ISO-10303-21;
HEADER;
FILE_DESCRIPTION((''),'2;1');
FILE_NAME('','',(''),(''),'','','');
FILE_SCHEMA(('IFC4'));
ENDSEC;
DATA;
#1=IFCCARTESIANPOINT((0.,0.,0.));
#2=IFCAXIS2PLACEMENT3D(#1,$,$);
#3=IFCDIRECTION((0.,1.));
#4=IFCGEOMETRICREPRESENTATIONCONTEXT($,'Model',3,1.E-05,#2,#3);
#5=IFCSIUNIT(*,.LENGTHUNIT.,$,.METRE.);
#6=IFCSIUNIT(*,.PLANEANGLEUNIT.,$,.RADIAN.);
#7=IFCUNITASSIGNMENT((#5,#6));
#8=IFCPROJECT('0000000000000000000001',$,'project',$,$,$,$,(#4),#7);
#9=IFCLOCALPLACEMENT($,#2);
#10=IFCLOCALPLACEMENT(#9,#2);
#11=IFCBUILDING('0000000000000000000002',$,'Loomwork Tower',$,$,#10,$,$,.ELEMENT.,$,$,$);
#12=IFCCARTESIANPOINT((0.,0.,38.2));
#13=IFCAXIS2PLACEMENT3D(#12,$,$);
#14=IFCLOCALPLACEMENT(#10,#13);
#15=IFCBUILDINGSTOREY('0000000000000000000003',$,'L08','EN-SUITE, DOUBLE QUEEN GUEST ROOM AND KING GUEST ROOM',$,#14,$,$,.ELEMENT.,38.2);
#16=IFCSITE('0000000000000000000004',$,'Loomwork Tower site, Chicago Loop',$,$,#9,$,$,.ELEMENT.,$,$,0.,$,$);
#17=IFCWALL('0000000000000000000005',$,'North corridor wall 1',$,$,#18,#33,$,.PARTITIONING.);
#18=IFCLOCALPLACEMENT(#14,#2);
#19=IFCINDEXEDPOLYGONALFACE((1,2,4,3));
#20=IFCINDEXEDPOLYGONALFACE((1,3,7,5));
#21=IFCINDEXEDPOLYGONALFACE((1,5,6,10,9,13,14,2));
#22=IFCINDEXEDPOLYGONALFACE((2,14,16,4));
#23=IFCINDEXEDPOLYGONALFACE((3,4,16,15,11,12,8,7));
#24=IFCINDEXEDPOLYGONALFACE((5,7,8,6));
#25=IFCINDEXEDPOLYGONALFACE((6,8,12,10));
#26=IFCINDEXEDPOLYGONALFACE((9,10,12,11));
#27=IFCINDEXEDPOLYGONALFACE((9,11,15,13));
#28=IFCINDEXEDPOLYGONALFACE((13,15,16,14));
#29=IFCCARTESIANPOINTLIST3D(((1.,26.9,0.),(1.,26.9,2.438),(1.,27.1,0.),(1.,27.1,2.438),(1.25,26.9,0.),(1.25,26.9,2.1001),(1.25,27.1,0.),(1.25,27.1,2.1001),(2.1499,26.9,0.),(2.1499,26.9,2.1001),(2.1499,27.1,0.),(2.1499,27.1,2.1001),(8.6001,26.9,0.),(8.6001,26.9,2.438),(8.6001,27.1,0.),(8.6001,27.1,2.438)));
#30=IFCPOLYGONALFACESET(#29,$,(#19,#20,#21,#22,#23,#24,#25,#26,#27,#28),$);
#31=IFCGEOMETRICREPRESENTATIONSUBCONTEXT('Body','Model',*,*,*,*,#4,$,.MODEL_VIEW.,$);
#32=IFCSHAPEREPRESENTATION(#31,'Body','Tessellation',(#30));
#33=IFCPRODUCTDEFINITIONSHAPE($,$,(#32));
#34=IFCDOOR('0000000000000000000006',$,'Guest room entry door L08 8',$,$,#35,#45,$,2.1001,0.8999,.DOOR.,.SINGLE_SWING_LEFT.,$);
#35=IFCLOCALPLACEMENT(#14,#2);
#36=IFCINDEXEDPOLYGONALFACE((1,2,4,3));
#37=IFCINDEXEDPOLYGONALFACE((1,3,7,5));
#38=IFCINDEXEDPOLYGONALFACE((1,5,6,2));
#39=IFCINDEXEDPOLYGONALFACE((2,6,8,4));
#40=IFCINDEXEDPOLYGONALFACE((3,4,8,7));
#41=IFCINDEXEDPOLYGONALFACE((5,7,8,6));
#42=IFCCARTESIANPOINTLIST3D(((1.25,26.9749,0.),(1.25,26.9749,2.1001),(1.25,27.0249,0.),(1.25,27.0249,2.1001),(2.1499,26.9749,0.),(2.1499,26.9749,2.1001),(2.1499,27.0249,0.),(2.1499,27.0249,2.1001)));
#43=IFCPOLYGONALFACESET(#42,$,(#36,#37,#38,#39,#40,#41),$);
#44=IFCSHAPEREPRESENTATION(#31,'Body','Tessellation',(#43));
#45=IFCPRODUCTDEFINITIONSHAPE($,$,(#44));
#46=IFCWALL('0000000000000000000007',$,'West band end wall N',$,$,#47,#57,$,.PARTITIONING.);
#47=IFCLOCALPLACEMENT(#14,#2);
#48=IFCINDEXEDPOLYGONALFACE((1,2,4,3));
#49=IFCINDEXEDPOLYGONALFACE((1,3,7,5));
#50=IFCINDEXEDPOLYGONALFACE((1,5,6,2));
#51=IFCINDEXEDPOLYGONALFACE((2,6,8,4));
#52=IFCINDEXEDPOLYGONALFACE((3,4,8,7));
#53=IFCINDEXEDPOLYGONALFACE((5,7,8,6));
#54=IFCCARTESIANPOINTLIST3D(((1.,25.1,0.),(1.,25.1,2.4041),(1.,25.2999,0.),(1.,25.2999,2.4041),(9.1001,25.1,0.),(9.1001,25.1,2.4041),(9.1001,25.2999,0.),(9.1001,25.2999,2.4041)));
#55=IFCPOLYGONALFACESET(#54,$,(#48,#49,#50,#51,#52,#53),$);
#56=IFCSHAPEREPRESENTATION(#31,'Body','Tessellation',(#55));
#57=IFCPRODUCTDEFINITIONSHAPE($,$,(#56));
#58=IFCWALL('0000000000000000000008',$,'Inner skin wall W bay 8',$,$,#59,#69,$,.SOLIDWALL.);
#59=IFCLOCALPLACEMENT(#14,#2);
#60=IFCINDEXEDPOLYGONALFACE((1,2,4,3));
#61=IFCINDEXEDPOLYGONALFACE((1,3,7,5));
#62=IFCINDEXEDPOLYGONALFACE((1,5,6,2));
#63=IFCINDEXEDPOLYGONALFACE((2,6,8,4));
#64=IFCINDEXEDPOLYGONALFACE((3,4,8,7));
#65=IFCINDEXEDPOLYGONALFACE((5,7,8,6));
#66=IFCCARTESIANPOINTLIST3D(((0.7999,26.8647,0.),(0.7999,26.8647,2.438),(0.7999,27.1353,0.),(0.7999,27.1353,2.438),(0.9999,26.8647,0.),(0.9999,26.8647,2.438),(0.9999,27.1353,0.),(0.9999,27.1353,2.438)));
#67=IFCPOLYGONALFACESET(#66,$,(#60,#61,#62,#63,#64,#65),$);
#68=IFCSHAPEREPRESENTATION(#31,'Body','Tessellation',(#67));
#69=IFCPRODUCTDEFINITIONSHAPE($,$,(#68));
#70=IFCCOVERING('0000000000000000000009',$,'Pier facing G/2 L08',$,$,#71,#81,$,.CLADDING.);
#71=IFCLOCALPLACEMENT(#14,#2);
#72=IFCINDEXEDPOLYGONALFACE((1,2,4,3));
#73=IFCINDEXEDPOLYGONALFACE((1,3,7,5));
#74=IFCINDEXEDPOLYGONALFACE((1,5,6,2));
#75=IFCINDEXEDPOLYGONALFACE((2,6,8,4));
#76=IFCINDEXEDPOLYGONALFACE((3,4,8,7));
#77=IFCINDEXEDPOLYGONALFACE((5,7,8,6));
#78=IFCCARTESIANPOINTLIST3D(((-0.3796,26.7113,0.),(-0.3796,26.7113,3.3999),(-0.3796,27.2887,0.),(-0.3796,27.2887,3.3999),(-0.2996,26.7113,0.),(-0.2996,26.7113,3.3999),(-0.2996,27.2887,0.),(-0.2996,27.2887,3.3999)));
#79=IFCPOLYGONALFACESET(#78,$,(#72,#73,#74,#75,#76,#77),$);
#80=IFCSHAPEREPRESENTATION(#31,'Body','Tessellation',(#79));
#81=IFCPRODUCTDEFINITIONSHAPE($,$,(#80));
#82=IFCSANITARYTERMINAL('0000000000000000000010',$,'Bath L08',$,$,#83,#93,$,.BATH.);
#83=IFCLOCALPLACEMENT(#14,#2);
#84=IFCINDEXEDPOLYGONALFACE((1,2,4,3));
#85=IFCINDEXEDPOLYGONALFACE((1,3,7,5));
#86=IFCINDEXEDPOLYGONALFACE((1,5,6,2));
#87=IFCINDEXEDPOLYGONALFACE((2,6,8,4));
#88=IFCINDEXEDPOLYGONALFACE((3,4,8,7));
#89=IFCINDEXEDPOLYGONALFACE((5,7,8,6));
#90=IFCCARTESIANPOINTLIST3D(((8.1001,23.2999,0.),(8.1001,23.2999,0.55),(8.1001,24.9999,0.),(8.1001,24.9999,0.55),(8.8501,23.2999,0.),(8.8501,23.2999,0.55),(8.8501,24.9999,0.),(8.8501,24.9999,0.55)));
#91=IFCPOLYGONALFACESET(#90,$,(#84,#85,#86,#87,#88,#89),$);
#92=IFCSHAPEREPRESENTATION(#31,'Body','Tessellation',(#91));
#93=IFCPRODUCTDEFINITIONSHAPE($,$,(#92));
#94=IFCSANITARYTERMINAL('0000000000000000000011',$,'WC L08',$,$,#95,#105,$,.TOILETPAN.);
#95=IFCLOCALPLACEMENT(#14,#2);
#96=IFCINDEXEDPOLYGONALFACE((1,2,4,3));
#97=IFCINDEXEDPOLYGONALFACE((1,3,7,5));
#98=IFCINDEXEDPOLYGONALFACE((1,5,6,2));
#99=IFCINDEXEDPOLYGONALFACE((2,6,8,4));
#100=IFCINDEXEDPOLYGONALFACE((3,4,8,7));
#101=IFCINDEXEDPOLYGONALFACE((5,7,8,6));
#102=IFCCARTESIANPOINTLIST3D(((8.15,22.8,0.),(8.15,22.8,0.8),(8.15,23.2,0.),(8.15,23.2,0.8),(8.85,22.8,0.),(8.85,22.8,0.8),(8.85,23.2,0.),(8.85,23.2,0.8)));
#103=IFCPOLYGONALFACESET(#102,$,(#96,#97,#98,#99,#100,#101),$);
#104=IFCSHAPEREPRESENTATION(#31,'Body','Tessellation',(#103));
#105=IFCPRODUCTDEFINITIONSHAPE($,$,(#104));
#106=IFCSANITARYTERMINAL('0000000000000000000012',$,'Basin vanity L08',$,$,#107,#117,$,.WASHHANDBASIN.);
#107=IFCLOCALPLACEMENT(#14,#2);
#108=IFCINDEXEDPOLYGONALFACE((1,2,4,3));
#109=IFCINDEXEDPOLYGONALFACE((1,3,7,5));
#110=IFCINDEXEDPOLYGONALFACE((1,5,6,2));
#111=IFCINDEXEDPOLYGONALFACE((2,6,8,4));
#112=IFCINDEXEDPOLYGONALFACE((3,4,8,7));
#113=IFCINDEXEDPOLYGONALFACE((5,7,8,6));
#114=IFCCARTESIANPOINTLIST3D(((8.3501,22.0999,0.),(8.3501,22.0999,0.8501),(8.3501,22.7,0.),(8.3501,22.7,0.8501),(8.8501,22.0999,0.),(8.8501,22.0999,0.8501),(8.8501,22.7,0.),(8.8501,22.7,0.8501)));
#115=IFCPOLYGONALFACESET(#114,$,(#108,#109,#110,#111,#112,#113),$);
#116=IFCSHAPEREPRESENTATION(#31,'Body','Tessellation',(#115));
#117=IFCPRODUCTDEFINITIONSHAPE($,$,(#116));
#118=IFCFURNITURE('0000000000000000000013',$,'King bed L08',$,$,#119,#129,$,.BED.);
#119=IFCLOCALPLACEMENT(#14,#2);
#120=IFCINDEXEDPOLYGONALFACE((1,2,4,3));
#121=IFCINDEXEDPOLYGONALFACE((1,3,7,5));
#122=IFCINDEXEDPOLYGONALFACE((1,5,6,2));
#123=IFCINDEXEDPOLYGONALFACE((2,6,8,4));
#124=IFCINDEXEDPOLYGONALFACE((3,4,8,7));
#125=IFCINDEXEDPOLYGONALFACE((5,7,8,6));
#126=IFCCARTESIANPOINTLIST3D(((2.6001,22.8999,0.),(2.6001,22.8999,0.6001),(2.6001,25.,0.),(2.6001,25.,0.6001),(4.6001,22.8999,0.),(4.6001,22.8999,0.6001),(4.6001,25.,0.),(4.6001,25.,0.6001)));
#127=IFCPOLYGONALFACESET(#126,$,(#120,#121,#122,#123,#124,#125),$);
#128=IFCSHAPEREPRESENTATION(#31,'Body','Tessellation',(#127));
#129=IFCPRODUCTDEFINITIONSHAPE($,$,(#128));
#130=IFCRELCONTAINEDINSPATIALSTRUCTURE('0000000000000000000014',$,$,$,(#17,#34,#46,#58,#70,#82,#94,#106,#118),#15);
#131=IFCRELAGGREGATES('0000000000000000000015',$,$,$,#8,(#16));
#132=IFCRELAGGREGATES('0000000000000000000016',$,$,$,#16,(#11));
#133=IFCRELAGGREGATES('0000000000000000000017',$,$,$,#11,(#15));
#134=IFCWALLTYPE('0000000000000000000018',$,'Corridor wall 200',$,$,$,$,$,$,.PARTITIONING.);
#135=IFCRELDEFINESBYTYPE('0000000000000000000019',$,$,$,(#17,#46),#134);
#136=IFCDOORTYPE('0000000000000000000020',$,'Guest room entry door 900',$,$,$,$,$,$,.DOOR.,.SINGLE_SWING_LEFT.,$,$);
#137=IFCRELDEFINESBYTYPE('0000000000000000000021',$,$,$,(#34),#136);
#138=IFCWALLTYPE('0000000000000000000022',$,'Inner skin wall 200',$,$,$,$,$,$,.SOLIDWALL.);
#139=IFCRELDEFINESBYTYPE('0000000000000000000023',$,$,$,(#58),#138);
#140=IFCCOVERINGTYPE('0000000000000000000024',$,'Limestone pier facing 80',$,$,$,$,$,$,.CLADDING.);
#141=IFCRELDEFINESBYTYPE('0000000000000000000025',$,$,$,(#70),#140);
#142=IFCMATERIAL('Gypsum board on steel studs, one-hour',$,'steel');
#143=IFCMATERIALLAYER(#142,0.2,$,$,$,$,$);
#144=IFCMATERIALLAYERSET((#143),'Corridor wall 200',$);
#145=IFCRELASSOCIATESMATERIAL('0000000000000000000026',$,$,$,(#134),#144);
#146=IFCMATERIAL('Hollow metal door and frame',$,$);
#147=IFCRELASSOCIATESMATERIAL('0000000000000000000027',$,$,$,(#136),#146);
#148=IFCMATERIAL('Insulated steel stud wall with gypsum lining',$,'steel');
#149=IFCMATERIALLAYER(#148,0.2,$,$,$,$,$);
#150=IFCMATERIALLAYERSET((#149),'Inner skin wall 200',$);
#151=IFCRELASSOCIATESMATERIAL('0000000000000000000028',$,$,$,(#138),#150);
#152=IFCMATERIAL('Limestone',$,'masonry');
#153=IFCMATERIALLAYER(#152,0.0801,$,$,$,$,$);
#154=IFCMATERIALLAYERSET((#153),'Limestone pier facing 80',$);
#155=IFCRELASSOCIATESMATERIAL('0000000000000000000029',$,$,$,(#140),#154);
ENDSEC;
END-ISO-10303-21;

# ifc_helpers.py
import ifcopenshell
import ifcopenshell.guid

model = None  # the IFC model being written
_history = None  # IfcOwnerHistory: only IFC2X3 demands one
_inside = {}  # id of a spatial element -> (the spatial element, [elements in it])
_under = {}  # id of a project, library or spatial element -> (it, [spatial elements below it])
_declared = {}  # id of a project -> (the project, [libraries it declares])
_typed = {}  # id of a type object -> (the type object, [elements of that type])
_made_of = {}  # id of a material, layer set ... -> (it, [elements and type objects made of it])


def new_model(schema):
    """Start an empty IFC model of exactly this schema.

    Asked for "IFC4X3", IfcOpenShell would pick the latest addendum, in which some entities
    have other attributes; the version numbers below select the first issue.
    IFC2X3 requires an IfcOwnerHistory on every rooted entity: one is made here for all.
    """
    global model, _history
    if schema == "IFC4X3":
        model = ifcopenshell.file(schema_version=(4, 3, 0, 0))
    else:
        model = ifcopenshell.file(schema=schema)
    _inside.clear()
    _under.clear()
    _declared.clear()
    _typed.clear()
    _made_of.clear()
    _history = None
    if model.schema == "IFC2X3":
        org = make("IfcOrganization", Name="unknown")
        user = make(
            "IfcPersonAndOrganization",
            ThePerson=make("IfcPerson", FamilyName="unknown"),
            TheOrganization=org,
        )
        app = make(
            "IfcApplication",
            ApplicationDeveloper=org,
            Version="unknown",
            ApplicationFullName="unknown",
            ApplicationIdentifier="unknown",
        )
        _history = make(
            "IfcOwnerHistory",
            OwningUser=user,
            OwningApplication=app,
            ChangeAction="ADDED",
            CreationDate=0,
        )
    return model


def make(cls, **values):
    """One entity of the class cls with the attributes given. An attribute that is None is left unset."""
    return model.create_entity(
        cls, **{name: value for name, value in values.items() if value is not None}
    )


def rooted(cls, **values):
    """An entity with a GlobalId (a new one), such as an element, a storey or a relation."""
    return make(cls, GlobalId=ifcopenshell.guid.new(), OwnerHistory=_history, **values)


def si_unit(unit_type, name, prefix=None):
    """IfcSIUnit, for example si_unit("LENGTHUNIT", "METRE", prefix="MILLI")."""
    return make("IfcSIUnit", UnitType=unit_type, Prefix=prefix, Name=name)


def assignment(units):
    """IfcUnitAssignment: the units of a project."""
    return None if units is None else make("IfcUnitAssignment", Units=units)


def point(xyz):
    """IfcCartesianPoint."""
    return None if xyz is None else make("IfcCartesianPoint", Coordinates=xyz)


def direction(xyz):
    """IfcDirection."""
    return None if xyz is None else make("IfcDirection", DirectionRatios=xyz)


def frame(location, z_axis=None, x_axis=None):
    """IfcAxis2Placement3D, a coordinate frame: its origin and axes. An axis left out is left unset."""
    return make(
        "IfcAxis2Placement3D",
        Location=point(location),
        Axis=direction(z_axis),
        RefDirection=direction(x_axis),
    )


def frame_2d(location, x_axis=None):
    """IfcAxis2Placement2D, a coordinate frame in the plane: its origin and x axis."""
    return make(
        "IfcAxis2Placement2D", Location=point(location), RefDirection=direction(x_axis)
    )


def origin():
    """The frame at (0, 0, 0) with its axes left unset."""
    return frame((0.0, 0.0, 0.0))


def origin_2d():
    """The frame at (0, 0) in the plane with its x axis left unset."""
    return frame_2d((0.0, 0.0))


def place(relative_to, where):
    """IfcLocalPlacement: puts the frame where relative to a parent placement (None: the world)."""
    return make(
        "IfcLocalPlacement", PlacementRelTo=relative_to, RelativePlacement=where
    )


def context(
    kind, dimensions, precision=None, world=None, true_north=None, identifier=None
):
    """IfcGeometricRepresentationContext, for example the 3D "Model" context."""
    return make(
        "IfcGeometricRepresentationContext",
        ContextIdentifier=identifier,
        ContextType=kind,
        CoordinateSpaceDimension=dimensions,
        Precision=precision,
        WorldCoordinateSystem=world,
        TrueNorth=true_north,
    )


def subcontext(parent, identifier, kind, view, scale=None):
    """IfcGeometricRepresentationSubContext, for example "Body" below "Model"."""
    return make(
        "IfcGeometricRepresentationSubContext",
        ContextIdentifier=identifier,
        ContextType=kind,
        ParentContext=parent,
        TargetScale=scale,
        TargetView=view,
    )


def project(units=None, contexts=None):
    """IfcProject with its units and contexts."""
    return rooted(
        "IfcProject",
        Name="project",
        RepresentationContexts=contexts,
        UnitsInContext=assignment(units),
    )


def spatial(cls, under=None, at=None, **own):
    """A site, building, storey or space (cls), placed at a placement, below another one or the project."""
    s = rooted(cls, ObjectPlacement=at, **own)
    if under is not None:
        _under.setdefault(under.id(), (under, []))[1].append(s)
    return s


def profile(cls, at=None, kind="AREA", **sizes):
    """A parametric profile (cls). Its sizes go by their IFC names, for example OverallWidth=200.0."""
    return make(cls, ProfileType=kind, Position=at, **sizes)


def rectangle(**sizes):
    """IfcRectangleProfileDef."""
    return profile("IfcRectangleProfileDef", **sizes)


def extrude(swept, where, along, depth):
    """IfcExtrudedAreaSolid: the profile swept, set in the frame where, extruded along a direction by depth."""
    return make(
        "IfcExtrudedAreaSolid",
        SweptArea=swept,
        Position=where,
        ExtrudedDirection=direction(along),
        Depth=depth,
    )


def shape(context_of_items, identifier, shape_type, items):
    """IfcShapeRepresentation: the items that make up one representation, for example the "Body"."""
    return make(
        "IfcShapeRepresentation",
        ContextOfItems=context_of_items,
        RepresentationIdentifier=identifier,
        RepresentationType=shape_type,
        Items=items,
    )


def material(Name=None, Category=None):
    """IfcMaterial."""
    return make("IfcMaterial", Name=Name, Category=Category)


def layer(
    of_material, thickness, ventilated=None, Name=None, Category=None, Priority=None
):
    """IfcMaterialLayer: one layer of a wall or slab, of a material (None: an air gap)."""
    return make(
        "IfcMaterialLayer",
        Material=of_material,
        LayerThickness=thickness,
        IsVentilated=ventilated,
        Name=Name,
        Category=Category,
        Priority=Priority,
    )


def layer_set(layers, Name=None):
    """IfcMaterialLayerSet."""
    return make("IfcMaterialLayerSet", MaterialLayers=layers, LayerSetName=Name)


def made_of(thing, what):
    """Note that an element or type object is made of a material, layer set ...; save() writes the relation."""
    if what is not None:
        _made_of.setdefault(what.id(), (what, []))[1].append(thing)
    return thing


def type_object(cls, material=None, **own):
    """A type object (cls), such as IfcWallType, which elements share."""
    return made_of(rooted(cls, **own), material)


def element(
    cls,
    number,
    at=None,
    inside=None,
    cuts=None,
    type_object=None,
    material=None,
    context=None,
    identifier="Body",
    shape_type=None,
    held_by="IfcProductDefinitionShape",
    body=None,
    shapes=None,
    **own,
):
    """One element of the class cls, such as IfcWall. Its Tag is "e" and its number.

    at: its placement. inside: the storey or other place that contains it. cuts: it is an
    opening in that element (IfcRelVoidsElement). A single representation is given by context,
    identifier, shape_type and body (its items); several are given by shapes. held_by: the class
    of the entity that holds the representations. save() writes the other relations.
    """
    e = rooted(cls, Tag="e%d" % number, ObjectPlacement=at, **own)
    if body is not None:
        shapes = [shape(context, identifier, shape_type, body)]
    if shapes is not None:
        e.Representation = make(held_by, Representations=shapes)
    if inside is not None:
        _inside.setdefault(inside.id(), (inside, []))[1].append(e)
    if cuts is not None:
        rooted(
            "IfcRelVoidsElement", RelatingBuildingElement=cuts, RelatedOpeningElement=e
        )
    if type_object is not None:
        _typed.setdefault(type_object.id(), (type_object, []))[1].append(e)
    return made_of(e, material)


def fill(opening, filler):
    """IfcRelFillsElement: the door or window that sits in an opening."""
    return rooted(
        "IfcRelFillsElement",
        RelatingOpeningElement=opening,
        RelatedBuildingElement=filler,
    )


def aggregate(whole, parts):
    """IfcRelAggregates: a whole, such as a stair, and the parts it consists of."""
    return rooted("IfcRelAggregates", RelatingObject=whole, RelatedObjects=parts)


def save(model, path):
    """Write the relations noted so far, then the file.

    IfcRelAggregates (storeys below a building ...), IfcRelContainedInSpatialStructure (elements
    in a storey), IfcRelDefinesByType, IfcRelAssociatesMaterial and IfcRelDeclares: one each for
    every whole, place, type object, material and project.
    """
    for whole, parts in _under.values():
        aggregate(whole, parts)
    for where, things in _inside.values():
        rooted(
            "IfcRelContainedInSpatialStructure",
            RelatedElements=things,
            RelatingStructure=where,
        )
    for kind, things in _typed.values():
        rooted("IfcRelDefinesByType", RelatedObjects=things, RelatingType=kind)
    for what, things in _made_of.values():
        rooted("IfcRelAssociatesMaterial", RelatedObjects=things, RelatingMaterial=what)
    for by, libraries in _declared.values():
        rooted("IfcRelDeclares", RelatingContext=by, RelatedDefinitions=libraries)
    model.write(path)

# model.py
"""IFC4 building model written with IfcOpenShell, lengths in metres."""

from ifc_helpers import new_model, si_unit, direction, frame, frame_2d, origin, origin_2d, place, context, subcontext, project, spatial, rectangle, extrude, material, layer, layer_set, type_object, element, fill, save


model = new_model("IFC4")

# Units and contexts
model_context = context("Model", 3, precision=1e-05, world=origin(), true_north=direction((0.0, 1.0)))
body_context = subcontext(model_context, "Body", "Model", "MODEL_VIEW")
ifc_project = project(units=[si_unit("LENGTHUNIT", "METRE"), si_unit("PLANEANGLEUNIT", "RADIAN")], contexts=[model_context])

# Site, building, storey
site_placement = place(None, origin())
site = spatial("IfcSite", under=ifc_project, at=site_placement, Name="Loomwork Tower site, Chicago Loop", CompositionType="ELEMENT", RefElevation=0.0)
building_placement = place(site_placement, origin())
building = spatial("IfcBuilding", under=site, at=building_placement, Name="Loomwork Tower", CompositionType="ELEMENT")
storey_placement = place(building_placement, frame((0.0, 0.0, 38.2)))
storey = spatial("IfcBuildingStorey", under=building, at=storey_placement, Name="L08", Description="EN-SUITE, DOUBLE QUEEN GUEST ROOM AND KING GUEST ROOM", CompositionType="ELEMENT", Elevation=38.2)

# Wall, opening, door
ifc_material_1 = material(Name="Gypsum board on steel studs, one-hour", Category="steel")
ifc_layer_1 = layer(ifc_material_1, 0.2)
ifc_layer_set_1 = layer_set([ifc_layer_1], Name="Corridor wall 200")
wall_type_1 = type_object("IfcWallType", Name="Corridor wall 200", PredefinedType="PARTITIONING", material=ifc_layer_set_1)
wall_1_placement = place(storey_placement, frame((1.0, 27.0, 0.0), z_axis=(0.0, 0.0, 1.0), x_axis=(1.0, 0.0, 0.0)))
wall_1 = element("IfcWall", 1, at=wall_1_placement, inside=storey, type_object=wall_type_1, Name="North corridor wall 1", PredefinedType="PARTITIONING", context=body_context, shape_type="SweptSolid", body=[
    extrude(rectangle(XDim=7.6001, YDim=0.2, at=frame_2d((3.8, 0.0))), origin(), (0.0, 0.0, 1.0), 2.438),
])
opening_placement = place(wall_1_placement, frame((0.25, 0.0, 0.0)))
opening = element("IfcOpeningElement", 2, at=opening_placement, cuts=wall_1, PredefinedType="OPENING", context=body_context, shape_type="SweptSolid", body=[
    extrude(rectangle(XDim=0.8999, YDim=2.1001, at=frame_2d((0.45, 1.05))), frame((0.0, 0.1099, 0.0), z_axis=(0.0, -1.0, 0.0), x_axis=(1.0, 0.0, 0.0)), (0.0, 0.0, 1.0), 0.22),
])
ifc_material_2 = material(Name="Hollow metal door and frame")
door_type = type_object("IfcDoorType", Name="Guest room entry door 900", OperationType="SINGLE_SWING_LEFT", PredefinedType="DOOR", material=ifc_material_2)
door_placement = place(opening_placement, origin())
door = element("IfcDoor", 3, at=door_placement, inside=storey, type_object=door_type, Name="Guest room entry door L08 8", OperationType="SINGLE_SWING_LEFT", OverallHeight=2.1001, OverallWidth=0.8999, PredefinedType="DOOR", context=body_context, shape_type="SweptSolid", body=[
    extrude(rectangle(XDim=0.8999, YDim=2.1001, at=frame_2d((0.45, 1.05))), frame((0.0, 0.0249, 0.0), z_axis=(0.0, -1.0, 0.0), x_axis=(1.0, 0.0, 0.0)), (0.0, 0.0, 1.0), 0.05),
])
fill(opening, door)

# Walls
wall_2_placement = place(storey_placement, frame((1.0, 25.2, 0.0), z_axis=(0.0, 0.0, 1.0), x_axis=(1.0, 0.0, 0.0)))
element("IfcWall", 4, at=wall_2_placement, inside=storey, type_object=wall_type_1, Name="West band end wall N", PredefinedType="PARTITIONING", context=body_context, shape_type="SweptSolid", body=[
    extrude(rectangle(XDim=8.1001, YDim=0.2, at=frame_2d((4.05, 0.0))), origin(), (0.0, 0.0, 1.0), 2.4041),
])
ifc_material_3 = material(Name="Insulated steel stud wall with gypsum lining", Category="steel")
ifc_layer_2 = layer(ifc_material_3, 0.2)
ifc_layer_set_2 = layer_set([ifc_layer_2], Name="Inner skin wall 200")
wall_type_2 = type_object("IfcWallType", Name="Inner skin wall 200", PredefinedType="SOLIDWALL", material=ifc_layer_set_2)
wall_3_placement = place(storey_placement, frame((0.8999, 26.8647, 0.0), z_axis=(0.0, 0.0, 1.0), x_axis=(0.0, 1.0, 0.0)))
element("IfcWall", 5, at=wall_3_placement, inside=storey, type_object=wall_type_2, Name="Inner skin wall W bay 8", PredefinedType="SOLIDWALL", context=body_context, shape_type="SweptSolid", body=[
    extrude(rectangle(XDim=0.2705, YDim=0.2, at=frame_2d((0.1353, 0.0))), origin(), (0.0, 0.0, 1.0), 2.438),
])

# Covering
ifc_material_4 = material(Name="Limestone", Category="masonry")
ifc_layer_3 = layer(ifc_material_4, 0.0801)
ifc_layer_set_3 = layer_set([ifc_layer_3], Name="Limestone pier facing 80")
covering_type = type_object("IfcCoveringType", Name="Limestone pier facing 80", PredefinedType="CLADDING", material=ifc_layer_set_3)
covering_placement = place(storey_placement, frame((-0.3396, 27.0, 0.0), z_axis=(0.0, 0.0, 1.0), x_axis=(1.0, 0.0, 0.0)))
element("IfcCovering", 6, at=covering_placement, inside=storey, type_object=covering_type, Name="Pier facing G/2 L08", PredefinedType="CLADDING", context=body_context, shape_type="SweptSolid", body=[
    extrude(rectangle(XDim=0.0801, YDim=0.5774, at=origin_2d()), origin(), (0.0, 0.0, 1.0), 3.3999),
])

# Sanitary terminals
sanitary_terminal_1_placement = place(storey_placement, frame((8.4751, 24.1499, 0.0), z_axis=(0.0, 0.0, 1.0), x_axis=(1.0, 0.0, 0.0)))
element("IfcSanitaryTerminal", 7, at=sanitary_terminal_1_placement, inside=storey, Name="Bath L08", PredefinedType="BATH", context=body_context, shape_type="SweptSolid", body=[
    extrude(rectangle(XDim=0.75, YDim=1.7, at=origin_2d()), origin(), (0.0, 0.0, 1.0), 0.55),
])
sanitary_terminal_2_placement = place(storey_placement, frame((8.5, 23.0, 0.0), z_axis=(0.0, 0.0, 1.0), x_axis=(1.0, 0.0, 0.0)))
element("IfcSanitaryTerminal", 8, at=sanitary_terminal_2_placement, inside=storey, Name="WC L08", PredefinedType="TOILETPAN", context=body_context, shape_type="SweptSolid", body=[
    extrude(rectangle(XDim=0.7, YDim=0.3999, at=origin_2d()), origin(), (0.0, 0.0, 1.0), 0.8),
])
sanitary_terminal_3_placement = place(storey_placement, frame((8.6001, 22.3999, 0.0), z_axis=(0.0, 0.0, 1.0), x_axis=(1.0, 0.0, 0.0)))
element("IfcSanitaryTerminal", 9, at=sanitary_terminal_3_placement, inside=storey, Name="Basin vanity L08", PredefinedType="WASHHANDBASIN", context=body_context, shape_type="SweptSolid", body=[
    extrude(rectangle(XDim=0.5, YDim=0.6001, at=origin_2d()), origin(), (0.0, 0.0, 1.0), 0.8501),
])

# Furniture
furniture_placement = place(storey_placement, frame((3.6001, 23.95, 0.0), z_axis=(0.0, 0.0, 1.0), x_axis=(1.0, 0.0, 0.0)))
element("IfcFurniture", 10, at=furniture_placement, inside=storey, Name="King bed L08", PredefinedType="BED", context=body_context, shape_type="SweptSolid", body=[
    extrude(rectangle(XDim=2.0, YDim=2.1001, at=origin_2d()), origin(), (0.0, 0.0, 1.0), 0.6001),
])

save(model, "model.ifc")
